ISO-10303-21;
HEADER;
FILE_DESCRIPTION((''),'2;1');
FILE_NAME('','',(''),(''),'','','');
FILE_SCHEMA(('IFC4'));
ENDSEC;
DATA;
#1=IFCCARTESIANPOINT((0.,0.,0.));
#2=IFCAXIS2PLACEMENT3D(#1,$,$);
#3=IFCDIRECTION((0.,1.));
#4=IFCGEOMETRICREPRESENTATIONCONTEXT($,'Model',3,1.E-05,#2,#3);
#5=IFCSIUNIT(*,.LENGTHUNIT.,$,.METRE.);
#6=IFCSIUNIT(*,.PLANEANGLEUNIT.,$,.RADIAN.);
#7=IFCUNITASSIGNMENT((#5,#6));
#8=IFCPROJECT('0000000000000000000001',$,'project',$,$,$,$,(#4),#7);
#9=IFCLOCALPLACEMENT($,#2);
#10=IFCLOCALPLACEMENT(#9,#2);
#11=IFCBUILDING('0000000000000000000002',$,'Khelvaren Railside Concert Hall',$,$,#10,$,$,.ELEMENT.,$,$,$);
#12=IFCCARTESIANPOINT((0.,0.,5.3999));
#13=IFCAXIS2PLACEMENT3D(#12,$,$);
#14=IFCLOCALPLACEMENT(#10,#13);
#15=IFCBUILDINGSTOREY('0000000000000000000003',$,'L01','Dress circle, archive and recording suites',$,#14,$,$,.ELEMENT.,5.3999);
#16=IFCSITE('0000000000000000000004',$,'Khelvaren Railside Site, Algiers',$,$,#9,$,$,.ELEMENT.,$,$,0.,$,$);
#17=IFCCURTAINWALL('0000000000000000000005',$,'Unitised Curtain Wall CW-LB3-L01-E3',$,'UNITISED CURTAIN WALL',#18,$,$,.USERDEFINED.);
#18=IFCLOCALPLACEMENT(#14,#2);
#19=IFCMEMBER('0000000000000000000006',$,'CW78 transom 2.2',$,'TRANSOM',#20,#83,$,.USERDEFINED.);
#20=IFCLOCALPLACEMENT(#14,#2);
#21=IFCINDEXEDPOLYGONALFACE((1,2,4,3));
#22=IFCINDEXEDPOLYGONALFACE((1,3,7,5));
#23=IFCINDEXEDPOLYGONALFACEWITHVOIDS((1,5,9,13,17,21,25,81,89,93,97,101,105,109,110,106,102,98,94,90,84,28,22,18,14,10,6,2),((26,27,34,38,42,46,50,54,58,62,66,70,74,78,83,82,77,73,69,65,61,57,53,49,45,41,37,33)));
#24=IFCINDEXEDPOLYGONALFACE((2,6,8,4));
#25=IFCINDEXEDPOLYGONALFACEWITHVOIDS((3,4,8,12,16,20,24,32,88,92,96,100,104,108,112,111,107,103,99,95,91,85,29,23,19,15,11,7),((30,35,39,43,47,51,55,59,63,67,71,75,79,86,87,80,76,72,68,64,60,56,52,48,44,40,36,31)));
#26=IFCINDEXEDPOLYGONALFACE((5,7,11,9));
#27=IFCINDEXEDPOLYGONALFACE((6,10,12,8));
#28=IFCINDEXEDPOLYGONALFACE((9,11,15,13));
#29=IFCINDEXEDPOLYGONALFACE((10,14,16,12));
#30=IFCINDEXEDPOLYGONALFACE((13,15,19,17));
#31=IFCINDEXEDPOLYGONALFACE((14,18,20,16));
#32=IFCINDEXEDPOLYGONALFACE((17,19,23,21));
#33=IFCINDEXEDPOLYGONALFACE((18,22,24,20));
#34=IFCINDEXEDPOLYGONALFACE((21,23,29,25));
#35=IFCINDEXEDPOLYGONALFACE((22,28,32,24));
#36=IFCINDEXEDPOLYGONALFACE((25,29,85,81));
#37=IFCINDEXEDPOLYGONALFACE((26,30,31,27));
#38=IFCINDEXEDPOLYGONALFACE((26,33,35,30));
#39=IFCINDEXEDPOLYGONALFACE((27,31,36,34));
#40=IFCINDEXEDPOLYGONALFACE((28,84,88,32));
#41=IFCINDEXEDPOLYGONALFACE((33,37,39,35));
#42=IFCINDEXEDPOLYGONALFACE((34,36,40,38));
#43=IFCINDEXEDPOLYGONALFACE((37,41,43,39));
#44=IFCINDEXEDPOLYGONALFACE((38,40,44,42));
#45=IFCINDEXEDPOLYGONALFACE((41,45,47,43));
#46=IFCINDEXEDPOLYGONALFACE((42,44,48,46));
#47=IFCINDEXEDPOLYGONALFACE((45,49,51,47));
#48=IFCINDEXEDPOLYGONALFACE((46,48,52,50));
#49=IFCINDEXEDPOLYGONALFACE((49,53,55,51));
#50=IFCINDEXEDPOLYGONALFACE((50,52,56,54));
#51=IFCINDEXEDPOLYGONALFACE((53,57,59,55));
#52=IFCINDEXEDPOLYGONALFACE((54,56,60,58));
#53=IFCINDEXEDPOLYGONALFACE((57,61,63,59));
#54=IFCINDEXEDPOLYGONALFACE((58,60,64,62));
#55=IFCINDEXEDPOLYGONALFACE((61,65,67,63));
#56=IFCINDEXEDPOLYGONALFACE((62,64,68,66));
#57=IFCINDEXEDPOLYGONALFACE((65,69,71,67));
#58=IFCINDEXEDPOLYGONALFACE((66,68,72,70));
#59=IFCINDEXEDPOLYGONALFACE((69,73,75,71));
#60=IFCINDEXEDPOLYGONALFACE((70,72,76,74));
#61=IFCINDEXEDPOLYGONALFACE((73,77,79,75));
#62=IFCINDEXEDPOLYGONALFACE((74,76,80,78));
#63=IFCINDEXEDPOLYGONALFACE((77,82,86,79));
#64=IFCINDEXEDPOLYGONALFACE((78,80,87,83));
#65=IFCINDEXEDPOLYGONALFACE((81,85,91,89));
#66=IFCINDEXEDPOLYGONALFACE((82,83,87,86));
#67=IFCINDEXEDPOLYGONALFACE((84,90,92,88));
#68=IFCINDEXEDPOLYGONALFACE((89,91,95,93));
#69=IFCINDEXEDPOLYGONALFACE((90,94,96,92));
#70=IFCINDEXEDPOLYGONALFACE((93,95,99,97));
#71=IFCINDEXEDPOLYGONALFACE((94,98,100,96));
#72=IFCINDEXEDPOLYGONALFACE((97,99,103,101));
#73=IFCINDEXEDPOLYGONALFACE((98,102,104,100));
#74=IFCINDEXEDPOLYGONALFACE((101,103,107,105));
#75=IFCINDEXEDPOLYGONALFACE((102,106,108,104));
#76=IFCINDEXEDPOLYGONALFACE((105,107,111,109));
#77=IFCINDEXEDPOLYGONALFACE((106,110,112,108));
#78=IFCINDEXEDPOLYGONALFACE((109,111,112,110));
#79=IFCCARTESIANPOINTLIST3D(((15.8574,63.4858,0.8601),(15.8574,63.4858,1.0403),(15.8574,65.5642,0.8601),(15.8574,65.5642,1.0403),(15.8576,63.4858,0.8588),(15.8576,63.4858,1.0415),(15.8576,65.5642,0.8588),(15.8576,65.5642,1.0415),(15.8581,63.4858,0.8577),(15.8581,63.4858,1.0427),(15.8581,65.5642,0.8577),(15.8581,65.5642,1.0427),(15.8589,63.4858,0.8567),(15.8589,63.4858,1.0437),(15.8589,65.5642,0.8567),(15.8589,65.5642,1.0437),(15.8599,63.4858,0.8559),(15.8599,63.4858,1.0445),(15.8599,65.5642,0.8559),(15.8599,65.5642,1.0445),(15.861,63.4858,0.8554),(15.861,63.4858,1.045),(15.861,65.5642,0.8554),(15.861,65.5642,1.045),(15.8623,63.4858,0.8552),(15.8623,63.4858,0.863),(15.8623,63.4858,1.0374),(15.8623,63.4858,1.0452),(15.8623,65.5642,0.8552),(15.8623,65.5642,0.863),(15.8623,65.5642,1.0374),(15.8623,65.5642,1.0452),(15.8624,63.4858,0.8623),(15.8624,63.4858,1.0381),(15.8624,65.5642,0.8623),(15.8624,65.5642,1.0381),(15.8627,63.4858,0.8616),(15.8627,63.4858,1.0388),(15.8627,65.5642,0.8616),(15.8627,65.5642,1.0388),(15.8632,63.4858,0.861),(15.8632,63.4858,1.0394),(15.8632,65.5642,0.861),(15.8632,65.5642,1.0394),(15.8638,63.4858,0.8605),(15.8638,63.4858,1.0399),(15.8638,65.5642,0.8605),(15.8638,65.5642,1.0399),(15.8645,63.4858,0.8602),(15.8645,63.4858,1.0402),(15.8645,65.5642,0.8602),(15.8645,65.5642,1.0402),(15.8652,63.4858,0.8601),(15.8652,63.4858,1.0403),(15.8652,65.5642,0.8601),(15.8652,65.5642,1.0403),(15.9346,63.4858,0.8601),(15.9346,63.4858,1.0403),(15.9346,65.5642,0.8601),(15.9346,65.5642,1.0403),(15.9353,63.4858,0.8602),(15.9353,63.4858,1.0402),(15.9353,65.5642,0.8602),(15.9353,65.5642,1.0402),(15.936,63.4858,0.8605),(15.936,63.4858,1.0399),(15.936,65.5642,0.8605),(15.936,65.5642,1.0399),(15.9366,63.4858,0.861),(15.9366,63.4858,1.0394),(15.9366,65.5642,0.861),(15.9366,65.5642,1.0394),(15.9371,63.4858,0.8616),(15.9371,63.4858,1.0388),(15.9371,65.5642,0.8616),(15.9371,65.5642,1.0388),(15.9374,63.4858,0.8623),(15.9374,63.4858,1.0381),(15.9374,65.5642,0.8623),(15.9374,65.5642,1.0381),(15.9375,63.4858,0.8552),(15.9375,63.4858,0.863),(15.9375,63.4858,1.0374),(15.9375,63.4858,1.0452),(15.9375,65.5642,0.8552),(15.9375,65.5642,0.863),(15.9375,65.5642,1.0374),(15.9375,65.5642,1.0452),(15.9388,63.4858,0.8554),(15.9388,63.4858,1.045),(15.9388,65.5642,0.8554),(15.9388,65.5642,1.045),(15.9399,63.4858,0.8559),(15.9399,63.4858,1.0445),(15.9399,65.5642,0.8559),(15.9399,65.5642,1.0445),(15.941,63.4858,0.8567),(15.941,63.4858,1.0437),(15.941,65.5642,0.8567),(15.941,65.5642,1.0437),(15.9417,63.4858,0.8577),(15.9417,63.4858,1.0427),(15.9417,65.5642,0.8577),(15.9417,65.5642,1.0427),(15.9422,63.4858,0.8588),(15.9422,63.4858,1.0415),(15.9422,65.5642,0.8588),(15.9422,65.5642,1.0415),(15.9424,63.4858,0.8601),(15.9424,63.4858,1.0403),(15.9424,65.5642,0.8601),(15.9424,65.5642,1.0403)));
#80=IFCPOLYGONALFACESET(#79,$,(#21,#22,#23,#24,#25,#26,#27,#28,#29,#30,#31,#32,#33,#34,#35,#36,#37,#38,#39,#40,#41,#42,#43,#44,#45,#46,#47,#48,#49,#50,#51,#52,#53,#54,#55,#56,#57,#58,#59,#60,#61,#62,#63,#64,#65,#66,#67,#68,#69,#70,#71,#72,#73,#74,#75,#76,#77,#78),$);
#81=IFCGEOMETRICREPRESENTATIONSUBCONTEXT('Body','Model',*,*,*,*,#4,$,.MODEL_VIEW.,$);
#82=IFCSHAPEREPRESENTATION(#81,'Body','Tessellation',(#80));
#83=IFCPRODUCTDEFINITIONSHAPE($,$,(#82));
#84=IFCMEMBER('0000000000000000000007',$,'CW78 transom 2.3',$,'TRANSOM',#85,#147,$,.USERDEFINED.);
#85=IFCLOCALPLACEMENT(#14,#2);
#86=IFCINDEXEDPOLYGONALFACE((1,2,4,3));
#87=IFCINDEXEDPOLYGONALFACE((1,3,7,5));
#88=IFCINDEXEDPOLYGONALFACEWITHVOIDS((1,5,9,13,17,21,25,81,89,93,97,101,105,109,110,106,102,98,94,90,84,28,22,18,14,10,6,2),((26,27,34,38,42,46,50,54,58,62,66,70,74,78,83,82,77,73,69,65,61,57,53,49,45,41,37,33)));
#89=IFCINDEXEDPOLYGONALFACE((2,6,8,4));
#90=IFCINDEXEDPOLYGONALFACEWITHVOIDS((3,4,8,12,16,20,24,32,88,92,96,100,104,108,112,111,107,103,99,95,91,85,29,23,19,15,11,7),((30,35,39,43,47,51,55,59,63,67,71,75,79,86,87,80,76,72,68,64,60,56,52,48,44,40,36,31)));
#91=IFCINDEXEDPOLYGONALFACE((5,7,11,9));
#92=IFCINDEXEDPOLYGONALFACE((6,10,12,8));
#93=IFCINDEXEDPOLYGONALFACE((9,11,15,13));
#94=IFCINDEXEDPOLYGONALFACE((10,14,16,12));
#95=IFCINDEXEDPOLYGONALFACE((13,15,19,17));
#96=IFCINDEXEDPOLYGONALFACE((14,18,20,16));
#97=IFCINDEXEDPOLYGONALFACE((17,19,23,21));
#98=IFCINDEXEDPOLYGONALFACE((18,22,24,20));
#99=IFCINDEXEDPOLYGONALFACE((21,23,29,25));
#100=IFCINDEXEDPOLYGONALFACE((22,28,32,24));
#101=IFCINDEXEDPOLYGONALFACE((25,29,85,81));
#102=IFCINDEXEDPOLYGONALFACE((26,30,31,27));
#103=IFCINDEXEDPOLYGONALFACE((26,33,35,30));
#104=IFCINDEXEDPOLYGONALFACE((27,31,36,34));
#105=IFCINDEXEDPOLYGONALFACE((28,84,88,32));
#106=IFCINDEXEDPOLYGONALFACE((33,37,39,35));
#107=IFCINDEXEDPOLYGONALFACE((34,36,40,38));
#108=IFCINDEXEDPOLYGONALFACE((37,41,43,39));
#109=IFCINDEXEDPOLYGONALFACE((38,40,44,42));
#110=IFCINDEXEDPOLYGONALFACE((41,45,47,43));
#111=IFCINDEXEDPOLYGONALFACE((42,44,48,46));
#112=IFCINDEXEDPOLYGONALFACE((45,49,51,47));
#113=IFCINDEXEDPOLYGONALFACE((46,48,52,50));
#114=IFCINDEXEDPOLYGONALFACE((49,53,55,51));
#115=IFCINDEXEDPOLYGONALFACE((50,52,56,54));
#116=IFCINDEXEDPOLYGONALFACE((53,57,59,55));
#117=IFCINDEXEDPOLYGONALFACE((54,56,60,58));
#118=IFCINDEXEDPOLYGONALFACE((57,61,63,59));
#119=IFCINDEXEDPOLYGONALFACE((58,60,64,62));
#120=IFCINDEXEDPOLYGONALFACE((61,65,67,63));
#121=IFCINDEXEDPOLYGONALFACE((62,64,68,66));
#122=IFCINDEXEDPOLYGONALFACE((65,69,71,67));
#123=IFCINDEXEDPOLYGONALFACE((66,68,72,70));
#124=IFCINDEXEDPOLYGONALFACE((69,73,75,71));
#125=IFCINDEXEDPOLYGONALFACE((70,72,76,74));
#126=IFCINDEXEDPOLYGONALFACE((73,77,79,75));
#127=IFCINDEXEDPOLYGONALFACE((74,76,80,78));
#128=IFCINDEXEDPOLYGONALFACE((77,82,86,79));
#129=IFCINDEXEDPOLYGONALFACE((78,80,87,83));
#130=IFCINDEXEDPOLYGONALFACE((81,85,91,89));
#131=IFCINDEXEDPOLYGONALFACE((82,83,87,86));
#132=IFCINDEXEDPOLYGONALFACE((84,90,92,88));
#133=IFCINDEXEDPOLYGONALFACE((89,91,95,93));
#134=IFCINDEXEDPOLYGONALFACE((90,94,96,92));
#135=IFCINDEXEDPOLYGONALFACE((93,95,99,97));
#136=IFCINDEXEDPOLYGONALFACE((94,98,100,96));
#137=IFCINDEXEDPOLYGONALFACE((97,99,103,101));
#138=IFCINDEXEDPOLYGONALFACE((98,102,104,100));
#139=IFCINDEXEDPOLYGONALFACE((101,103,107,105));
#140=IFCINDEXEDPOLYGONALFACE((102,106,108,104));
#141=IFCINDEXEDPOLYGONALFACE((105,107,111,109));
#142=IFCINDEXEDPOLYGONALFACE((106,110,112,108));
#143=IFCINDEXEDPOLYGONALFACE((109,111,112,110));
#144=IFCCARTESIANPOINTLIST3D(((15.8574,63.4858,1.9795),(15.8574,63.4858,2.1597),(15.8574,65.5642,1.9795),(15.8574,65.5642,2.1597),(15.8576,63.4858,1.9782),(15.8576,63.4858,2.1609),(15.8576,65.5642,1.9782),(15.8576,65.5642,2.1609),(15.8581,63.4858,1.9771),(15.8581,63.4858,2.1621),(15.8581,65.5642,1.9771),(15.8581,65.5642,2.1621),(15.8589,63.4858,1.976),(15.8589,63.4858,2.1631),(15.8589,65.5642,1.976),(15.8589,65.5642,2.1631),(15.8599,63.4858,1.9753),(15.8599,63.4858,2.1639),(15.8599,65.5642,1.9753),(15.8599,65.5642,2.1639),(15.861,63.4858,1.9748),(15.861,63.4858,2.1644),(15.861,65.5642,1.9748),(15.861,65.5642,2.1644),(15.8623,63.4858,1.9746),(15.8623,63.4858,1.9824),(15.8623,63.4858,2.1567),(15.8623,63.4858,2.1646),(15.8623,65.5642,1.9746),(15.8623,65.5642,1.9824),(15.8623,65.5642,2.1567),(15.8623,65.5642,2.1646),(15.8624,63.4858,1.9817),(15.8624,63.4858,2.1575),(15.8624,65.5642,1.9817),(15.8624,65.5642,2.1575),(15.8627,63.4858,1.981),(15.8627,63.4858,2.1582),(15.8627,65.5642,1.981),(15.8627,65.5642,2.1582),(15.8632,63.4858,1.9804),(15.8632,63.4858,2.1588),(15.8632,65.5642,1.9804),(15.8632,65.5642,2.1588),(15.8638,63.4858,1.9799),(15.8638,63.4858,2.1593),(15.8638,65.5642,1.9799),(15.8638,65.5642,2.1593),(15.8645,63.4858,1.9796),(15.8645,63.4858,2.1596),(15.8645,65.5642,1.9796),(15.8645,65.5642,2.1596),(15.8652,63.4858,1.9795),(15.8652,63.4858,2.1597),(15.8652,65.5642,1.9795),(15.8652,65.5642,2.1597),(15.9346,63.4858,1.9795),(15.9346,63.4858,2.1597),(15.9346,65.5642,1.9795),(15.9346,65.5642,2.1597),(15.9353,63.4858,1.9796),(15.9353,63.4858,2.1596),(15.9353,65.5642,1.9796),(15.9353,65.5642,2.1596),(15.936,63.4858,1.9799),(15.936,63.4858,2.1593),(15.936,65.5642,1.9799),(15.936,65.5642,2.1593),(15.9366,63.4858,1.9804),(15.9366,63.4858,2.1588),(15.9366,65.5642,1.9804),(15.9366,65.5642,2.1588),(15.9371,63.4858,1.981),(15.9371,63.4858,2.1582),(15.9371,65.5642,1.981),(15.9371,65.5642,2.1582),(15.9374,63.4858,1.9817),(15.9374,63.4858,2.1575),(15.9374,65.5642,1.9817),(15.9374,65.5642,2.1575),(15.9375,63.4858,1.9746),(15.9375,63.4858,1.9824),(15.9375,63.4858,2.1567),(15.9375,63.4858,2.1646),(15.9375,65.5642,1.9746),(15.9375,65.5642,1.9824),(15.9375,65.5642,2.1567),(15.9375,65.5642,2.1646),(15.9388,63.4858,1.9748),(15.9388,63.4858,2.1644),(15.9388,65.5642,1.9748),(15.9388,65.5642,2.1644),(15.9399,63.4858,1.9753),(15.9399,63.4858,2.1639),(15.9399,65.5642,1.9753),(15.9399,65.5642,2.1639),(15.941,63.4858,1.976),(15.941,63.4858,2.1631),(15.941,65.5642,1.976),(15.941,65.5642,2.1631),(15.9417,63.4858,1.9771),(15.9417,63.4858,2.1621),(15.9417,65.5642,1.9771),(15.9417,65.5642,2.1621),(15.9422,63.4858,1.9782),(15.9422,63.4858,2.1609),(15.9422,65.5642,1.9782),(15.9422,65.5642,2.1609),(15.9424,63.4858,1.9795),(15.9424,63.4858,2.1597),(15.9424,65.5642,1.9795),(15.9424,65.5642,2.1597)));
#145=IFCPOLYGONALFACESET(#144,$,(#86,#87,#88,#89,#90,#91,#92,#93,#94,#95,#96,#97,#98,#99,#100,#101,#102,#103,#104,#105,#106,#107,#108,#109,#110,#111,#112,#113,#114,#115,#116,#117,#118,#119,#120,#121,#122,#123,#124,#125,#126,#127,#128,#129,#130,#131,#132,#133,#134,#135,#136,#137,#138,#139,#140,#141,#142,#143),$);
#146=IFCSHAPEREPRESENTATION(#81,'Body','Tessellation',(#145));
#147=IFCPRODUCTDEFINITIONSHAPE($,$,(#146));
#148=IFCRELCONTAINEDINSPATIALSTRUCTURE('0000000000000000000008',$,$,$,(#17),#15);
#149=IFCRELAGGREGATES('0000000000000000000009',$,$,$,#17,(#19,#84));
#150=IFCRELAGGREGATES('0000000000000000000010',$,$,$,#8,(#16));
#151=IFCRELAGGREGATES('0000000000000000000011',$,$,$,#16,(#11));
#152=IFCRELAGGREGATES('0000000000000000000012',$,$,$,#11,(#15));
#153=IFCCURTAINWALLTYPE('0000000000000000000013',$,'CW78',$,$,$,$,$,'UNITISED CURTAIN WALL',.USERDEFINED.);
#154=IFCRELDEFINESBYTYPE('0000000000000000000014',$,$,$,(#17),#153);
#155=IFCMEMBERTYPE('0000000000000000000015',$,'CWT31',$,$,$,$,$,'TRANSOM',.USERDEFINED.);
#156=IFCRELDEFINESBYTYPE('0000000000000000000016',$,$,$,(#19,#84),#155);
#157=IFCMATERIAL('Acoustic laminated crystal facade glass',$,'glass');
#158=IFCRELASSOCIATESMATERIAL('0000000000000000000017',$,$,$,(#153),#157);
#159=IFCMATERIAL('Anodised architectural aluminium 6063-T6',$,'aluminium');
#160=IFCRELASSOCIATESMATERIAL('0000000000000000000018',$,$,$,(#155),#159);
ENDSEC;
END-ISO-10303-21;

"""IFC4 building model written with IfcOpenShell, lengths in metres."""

from ifc_helpers import new_model, si_unit, direction, frame, origin, origin_2d, place, context, subcontext, project, spatial, hollow_rectangle, extrude, material, material_profile, profile_set, type_object, element, aggregate, save


model = new_model("IFC4")

# Units and contexts
model_context = context("Model", 3, precision=1e-05, world=origin(), true_north=direction((0.0, 1.0)))
body_context = subcontext(model_context, "Body", "Model", "MODEL_VIEW")
ifc_project = project(units=[si_unit("LENGTHUNIT", "METRE"), si_unit("PLANEANGLEUNIT", "RADIAN")], contexts=[model_context])

# Site, building, storey
site_placement = place(None, origin())
site = spatial("IfcSite", under=ifc_project, at=site_placement, Name="Khelvaren Railside Site, Algiers", CompositionType="ELEMENT", RefElevation=0.0)
building_placement = place(site_placement, origin())
building = spatial("IfcBuilding", under=site, at=building_placement, Name="Khelvaren Railside Concert Hall", CompositionType="ELEMENT")
storey_placement = place(building_placement, frame((0.0, 0.0, 5.3999)))
storey = spatial("IfcBuildingStorey", under=building, at=storey_placement, Name="L01", Description="Dress circle, archive and recording suites", CompositionType="ELEMENT", Elevation=5.3999)

# Curtain wall, members
ifc_material_1 = material(Name="Acoustic laminated crystal facade glass", Category="glass")
curtain_wall_type = type_object("IfcCurtainWallType", Name="CW78", ElementType="UNITISED CURTAIN WALL", PredefinedType="USERDEFINED", material=ifc_material_1)
curtain_wall_placement = place(storey_placement, origin())
curtain_wall = element("IfcCurtainWall", 1, at=curtain_wall_placement, inside=storey, type_object=curtain_wall_type, Name="Unitised Curtain Wall CW-LB3-L01-E3", ObjectType="UNITISED CURTAIN WALL", PredefinedType="USERDEFINED")
ifc_material_2 = material(Name="Anodised architectural aluminium 6063-T6", Category="aluminium")
ifc_material_profile_1 = material_profile(ifc_material_2, hollow_rectangle(XDim=0.085, YDim=0.1899, WallThickness=0.0049, InnerFilletRadius=0.0029, OuterFilletRadius=0.0049, at=origin_2d()), Name="CWT 85x190x5")
ifc_profile_set_1 = profile_set([ifc_material_profile_1], Name="Anodised architectural aluminium 6063-T6")
member_type_1 = type_object("IfcMemberType", Name="CWT31", ElementType="TRANSOM", PredefinedType="USERDEFINED", material=ifc_profile_set_1)
member_1_placement = place(storey_placement, frame((15.8999, 65.5642, 0.9502), z_axis=(0.0, -1.0, 0.0), x_axis=(1.0, 0.0, 0.0)))
member_1 = element("IfcMember", 2, at=member_1_placement, type_object=member_type_1, Name="CW78 transom 2.2", ObjectType="TRANSOM", PredefinedType="USERDEFINED", context=body_context, shape_type="SweptSolid", body=[
    extrude(hollow_rectangle(XDim=0.085, YDim=0.1899, WallThickness=0.0049, InnerFilletRadius=0.0029, OuterFilletRadius=0.0049, at=origin_2d()), origin(), (0.0, 0.0, 1.0), 2.0784),
])
member_2_placement = place(storey_placement, frame((15.8999, 65.5642, 2.0696), z_axis=(0.0, -1.0, 0.0), x_axis=(1.0, 0.0, 0.0)))
member_2 = element("IfcMember", 3, at=member_2_placement, type_object=member_type_1, Name="CW78 transom 2.3", ObjectType="TRANSOM", PredefinedType="USERDEFINED", context=body_context, shape_type="SweptSolid", body=[
    extrude(hollow_rectangle(XDim=0.085, YDim=0.1899, WallThickness=0.0049, InnerFilletRadius=0.0029, OuterFilletRadius=0.0049, at=origin_2d()), origin(), (0.0, 0.0, 1.0), 2.0784),
])
aggregate(curtain_wall, [member_1, member_2])

save(model, "model.ifc")
